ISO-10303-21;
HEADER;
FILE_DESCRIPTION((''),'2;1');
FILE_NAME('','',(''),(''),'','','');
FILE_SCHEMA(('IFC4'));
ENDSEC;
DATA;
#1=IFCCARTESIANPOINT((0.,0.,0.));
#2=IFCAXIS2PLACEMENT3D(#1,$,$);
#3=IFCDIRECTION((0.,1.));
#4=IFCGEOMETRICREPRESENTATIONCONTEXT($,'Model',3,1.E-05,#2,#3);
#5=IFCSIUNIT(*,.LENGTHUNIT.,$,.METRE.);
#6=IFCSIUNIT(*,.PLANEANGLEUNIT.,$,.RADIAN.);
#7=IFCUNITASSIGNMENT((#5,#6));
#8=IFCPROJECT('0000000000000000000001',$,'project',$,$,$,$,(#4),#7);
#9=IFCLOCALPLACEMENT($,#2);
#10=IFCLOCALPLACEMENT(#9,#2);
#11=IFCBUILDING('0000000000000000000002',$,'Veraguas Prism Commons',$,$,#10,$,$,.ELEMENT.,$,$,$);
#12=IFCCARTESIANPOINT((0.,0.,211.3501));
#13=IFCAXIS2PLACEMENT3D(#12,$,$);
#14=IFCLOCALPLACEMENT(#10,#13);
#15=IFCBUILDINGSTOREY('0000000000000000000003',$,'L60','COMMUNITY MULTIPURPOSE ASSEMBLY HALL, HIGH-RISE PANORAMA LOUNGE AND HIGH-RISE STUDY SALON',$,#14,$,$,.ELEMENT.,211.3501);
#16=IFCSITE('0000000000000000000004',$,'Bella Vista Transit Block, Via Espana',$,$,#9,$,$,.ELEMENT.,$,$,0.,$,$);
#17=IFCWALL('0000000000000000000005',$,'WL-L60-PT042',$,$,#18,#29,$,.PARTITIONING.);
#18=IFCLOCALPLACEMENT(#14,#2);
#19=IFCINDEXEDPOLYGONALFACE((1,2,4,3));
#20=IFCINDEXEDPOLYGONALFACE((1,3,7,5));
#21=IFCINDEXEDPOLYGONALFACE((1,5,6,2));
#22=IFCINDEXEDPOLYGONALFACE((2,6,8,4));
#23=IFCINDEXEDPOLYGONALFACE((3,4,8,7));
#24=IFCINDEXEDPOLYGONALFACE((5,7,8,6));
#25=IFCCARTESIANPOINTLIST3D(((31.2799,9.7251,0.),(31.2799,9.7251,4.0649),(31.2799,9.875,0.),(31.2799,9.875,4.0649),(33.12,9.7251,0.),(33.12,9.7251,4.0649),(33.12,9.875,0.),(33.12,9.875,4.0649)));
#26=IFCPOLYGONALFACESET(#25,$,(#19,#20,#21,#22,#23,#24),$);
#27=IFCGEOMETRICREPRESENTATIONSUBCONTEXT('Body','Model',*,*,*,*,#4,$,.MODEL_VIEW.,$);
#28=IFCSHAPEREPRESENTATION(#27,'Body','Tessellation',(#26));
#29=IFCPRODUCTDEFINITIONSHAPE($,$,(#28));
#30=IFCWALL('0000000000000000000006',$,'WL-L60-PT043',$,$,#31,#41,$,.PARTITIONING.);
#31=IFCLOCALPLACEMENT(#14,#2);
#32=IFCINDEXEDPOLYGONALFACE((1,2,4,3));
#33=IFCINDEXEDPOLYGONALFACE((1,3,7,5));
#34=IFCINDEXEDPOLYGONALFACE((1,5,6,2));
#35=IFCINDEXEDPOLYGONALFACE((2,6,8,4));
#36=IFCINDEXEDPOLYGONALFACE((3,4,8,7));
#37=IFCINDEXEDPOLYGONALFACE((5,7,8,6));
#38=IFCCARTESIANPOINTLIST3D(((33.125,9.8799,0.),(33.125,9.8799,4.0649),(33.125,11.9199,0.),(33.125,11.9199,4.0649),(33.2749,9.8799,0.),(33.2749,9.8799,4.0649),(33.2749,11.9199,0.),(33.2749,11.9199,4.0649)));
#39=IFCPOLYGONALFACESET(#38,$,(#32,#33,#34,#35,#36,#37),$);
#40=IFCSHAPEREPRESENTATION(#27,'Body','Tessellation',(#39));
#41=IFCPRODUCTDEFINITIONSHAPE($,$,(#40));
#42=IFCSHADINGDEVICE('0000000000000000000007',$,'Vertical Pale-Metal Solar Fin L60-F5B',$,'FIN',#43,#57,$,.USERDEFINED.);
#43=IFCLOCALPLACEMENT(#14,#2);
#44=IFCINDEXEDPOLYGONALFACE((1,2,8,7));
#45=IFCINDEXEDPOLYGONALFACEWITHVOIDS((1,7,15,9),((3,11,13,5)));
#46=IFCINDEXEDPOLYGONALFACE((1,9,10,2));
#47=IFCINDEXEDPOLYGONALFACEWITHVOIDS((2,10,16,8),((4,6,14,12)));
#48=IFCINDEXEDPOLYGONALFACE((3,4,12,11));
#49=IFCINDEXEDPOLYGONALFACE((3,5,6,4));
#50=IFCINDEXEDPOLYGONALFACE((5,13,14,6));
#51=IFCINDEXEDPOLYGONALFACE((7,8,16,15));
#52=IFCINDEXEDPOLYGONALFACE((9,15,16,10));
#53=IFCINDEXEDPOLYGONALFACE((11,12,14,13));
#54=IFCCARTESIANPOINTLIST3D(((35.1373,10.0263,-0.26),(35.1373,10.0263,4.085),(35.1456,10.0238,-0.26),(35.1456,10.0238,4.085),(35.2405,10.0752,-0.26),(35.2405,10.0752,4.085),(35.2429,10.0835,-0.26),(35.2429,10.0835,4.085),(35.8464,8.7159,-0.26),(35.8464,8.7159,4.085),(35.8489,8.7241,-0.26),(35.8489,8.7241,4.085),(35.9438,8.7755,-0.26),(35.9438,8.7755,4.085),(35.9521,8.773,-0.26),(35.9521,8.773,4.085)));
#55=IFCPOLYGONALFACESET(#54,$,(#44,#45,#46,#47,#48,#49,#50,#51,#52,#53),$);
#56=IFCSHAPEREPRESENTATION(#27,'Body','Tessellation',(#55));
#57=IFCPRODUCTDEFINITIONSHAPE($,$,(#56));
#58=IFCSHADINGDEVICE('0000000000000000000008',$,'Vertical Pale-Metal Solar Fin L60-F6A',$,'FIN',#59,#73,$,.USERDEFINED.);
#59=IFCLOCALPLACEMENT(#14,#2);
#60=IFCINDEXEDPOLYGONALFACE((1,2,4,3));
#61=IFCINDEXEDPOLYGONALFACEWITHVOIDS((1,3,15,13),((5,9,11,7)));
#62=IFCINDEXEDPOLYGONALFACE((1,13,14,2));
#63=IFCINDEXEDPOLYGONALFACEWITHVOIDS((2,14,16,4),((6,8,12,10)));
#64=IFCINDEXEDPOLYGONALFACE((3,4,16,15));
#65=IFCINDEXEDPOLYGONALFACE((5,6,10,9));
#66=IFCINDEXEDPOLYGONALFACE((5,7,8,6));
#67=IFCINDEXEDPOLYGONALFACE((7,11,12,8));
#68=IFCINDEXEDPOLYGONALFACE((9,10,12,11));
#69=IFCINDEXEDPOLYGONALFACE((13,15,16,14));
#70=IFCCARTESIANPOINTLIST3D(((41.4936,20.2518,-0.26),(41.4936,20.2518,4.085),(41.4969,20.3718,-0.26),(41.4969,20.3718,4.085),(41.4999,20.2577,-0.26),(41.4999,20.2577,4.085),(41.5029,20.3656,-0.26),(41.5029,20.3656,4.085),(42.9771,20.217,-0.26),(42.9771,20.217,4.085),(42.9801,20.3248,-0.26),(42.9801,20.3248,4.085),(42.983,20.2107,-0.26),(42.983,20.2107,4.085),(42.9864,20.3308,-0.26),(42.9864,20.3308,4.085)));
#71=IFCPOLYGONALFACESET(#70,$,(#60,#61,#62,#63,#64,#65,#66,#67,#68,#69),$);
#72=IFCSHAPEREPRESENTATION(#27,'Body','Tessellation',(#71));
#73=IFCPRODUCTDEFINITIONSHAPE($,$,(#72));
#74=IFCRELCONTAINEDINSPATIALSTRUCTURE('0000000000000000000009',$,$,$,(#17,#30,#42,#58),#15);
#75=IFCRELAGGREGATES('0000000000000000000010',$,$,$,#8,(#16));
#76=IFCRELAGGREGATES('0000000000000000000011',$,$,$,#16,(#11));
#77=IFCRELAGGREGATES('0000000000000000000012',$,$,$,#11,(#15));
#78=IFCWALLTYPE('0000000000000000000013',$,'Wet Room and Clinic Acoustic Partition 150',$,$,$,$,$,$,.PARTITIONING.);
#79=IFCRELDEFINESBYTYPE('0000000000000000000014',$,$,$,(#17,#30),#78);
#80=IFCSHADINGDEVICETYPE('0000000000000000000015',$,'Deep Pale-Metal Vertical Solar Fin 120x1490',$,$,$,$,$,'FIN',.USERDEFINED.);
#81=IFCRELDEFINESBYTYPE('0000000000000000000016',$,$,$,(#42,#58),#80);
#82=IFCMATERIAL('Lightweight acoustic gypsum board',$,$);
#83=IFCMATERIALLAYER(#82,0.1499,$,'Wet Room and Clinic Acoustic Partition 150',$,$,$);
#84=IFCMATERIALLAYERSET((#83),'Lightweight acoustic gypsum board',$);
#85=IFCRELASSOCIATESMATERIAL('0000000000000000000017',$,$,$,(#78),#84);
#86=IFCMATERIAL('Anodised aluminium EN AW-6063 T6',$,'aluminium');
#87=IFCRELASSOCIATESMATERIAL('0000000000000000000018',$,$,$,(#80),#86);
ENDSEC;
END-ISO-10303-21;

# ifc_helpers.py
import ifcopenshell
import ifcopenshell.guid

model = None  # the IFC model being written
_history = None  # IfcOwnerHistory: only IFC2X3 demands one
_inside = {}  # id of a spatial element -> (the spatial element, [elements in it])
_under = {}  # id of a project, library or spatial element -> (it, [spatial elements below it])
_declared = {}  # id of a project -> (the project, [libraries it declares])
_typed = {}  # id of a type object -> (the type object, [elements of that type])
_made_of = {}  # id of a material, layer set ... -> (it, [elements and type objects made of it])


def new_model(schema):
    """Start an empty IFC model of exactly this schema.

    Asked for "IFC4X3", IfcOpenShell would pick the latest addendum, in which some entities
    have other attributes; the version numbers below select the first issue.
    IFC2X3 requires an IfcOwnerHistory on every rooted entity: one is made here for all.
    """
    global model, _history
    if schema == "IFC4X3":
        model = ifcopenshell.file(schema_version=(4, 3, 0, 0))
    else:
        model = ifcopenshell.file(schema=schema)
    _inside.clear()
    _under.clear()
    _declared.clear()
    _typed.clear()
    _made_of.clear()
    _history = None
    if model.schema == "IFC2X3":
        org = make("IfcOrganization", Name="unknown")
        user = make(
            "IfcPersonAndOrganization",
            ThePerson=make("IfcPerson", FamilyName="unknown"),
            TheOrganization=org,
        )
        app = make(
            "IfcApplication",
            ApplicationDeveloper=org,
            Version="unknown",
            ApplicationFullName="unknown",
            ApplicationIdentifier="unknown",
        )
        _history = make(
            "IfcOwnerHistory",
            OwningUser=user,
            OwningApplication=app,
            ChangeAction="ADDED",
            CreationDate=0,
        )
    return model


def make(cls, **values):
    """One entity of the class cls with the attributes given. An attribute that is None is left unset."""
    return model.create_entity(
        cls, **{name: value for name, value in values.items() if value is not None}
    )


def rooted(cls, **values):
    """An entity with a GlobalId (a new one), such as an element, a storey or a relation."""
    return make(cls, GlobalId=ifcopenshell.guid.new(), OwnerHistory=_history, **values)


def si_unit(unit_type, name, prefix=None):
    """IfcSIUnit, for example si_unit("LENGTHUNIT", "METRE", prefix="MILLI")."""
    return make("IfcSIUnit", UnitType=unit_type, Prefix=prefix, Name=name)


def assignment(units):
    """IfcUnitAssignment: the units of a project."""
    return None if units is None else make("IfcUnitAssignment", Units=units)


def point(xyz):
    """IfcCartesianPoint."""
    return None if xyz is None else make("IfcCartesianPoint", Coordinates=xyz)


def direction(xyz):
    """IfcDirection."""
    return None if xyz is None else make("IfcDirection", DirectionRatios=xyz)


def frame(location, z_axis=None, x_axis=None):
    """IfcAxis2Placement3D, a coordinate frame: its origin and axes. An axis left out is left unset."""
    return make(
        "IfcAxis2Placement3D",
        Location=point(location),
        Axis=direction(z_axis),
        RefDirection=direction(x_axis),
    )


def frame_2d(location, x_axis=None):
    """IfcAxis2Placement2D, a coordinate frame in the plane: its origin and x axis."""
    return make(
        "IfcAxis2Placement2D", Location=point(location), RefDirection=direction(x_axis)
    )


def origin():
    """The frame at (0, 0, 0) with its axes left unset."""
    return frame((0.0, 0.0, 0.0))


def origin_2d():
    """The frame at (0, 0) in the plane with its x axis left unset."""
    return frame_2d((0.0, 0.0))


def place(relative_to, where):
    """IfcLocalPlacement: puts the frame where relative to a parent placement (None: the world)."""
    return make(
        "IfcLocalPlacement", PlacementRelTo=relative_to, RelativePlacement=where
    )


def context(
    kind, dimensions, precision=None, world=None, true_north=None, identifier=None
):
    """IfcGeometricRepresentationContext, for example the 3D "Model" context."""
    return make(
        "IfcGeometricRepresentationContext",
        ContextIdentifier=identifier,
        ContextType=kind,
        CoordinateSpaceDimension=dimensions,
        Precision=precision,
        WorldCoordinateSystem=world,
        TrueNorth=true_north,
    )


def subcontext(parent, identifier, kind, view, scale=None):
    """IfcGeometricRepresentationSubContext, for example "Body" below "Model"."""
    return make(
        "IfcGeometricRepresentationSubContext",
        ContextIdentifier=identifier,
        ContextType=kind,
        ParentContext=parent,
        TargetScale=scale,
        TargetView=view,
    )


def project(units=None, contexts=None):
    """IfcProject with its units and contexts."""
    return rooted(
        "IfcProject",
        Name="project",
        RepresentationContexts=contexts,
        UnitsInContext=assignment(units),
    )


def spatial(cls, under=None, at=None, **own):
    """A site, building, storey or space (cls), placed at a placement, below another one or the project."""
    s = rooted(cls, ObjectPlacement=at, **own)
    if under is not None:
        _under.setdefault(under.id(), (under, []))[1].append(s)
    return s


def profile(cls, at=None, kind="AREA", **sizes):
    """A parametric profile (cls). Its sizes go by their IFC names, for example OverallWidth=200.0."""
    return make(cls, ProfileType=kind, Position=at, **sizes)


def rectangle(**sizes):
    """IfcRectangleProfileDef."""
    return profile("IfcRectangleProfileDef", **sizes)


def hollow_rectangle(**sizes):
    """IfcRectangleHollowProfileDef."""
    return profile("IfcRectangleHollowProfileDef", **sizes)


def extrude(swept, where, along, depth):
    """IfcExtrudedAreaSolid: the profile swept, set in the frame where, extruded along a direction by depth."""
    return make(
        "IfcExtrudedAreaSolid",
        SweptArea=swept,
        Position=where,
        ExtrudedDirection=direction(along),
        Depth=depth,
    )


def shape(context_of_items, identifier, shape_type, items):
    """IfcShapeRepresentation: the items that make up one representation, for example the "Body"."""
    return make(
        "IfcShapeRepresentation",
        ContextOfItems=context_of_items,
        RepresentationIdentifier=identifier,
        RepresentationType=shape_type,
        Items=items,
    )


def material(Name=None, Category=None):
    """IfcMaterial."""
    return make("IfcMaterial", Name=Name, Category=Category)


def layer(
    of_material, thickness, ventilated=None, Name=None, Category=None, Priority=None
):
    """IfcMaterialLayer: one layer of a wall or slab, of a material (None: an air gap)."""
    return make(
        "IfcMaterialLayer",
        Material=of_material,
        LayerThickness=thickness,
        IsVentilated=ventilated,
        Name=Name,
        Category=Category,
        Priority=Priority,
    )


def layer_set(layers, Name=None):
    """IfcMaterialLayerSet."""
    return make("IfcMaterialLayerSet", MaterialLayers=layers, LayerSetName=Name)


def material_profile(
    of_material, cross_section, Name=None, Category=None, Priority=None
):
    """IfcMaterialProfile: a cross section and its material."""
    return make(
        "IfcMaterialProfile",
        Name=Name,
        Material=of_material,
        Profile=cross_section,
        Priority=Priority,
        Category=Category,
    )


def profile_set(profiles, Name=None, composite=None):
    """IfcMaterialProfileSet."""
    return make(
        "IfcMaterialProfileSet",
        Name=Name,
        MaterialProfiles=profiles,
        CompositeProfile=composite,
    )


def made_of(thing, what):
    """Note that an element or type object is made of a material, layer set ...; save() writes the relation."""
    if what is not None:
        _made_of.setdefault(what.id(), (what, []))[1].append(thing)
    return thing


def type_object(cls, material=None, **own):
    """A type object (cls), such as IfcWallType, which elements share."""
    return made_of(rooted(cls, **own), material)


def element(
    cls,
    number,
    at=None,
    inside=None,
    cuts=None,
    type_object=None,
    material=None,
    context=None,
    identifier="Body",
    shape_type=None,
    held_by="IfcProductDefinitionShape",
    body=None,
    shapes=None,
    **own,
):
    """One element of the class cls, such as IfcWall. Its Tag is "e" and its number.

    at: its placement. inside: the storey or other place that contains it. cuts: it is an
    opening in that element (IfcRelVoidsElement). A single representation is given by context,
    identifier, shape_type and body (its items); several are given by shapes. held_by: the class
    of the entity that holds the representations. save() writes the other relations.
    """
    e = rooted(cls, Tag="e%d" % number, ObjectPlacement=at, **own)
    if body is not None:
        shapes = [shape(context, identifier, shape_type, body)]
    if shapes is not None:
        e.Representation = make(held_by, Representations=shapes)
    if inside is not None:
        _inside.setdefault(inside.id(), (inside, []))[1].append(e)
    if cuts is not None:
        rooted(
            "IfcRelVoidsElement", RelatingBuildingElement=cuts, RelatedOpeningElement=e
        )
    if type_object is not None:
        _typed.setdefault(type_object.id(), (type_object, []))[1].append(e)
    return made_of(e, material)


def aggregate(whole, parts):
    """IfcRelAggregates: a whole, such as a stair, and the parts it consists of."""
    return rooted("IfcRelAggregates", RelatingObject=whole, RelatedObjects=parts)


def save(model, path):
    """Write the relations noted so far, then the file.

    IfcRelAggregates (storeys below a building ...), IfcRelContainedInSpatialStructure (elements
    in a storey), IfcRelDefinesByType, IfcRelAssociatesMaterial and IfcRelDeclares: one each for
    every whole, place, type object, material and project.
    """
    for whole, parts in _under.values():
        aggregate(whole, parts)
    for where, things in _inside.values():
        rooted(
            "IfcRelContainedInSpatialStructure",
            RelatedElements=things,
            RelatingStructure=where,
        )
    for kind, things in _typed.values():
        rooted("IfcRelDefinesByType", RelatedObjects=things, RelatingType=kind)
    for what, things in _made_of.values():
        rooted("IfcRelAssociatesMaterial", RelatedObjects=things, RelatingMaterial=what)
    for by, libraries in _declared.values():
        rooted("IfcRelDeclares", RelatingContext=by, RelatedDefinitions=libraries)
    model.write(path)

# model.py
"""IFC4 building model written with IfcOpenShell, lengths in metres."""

from ifc_helpers import new_model, si_unit, direction, frame, frame_2d, origin, origin_2d, place, context, subcontext, project, spatial, rectangle, hollow_rectangle, extrude, material, layer, layer_set, material_profile, profile_set, type_object, element, save


model = new_model("IFC4")

# Units and contexts
model_context = context("Model", 3, precision=1e-05, world=origin(), true_north=direction((0.0, 1.0)))
body_context = subcontext(model_context, "Body", "Model", "MODEL_VIEW")
ifc_project = project(units=[si_unit("LENGTHUNIT", "METRE"), si_unit("PLANEANGLEUNIT", "RADIAN")], contexts=[model_context])

# Site, building, storey
site_placement = place(None, origin())
site = spatial("IfcSite", under=ifc_project, at=site_placement, Name="Bella Vista Transit Block, Via Espana", CompositionType="ELEMENT", RefElevation=0.0)
building_placement = place(site_placement, origin())
building = spatial("IfcBuilding", under=site, at=building_placement, Name="Veraguas Prism Commons", CompositionType="ELEMENT")
storey_placement = place(building_placement, frame((0.0, 0.0, 211.3501)))
storey = spatial("IfcBuildingStorey", under=building, at=storey_placement, Name="L60", Description="COMMUNITY MULTIPURPOSE ASSEMBLY HALL, HIGH-RISE PANORAMA LOUNGE AND HIGH-RISE STUDY SALON", CompositionType="ELEMENT", Elevation=211.3501)

# Shared definitions
ifc_material_1 = material(Name="Anodised aluminium EN AW-6063 T6", Category="aluminium")

# Shared definitions
ifc_material_2 = material(Name="Lightweight acoustic gypsum board")

# Walls
ifc_layer_1 = layer(ifc_material_2, 0.1499, Name="Wet Room and Clinic Acoustic Partition 150")
ifc_layer_set_1 = layer_set([ifc_layer_1], Name="Lightweight acoustic gypsum board")
wall_type_1 = type_object("IfcWallType", Name="Wet Room and Clinic Acoustic Partition 150", PredefinedType="PARTITIONING", material=ifc_layer_set_1)
wall_1_placement = place(storey_placement, frame((31.28, 9.8, 0.0), z_axis=(0.0, 0.0, 1.0), x_axis=(1.0, 0.0, 0.0)))
element("IfcWall", 1, at=wall_1_placement, inside=storey, type_object=wall_type_1, Name="WL-L60-PT042", PredefinedType="PARTITIONING", context=body_context, shape_type="SweptSolid", body=[
    extrude(rectangle(XDim=1.8401, YDim=0.1499, at=frame_2d((0.9199, 0.0))), origin(), (0.0, 0.0, 1.0), 4.0649),
])
wall_2_placement = place(storey_placement, frame((33.2, 9.8799, 0.0), z_axis=(0.0, 0.0, 1.0), x_axis=(0.0, 1.0, 0.0)))
element("IfcWall", 2, at=wall_2_placement, inside=storey, type_object=wall_type_1, Name="WL-L60-PT043", PredefinedType="PARTITIONING", context=body_context, shape_type="SweptSolid", body=[
    extrude(rectangle(XDim=2.04, YDim=0.1499, at=frame_2d((1.02, 0.0))), origin(), (0.0, 0.0, 1.0), 4.0649),
])

# Shading devices
ifc_material_profile_1 = material_profile(ifc_material_1, hollow_rectangle(XDim=0.1201, YDim=1.49, WallThickness=0.0061, at=origin_2d()), Name="FIN120X1490X6")
ifc_profile_set_1 = profile_set([ifc_material_profile_1], Name="Anodised aluminium EN AW-6063 T6")
shading_device_type = type_object("IfcShadingDeviceType", Name="Deep Pale-Metal Vertical Solar Fin 120x1490", ElementType="FIN", PredefinedType="USERDEFINED", material=ifc_profile_set_1)
for number, where, z_axis, x_axis, name in (
    (3, (35.5447, 9.3997, -0.26), (0.0, 0.0, 1.0), (0.879482, 0.475931, 0.0), "Vertical Pale-Metal Solar Fin L60-F5B"),
    (4, (42.24, 20.2913, -0.26), (0.0, 0.0, 1.0), (0.027574, 0.99962, 0.0), "Vertical Pale-Metal Solar Fin L60-F6A"),
):
    element("IfcShadingDevice", number, at=place(storey_placement, frame(where, z_axis=z_axis, x_axis=x_axis)), inside=storey, type_object=shading_device_type, Name=name, ObjectType="FIN", PredefinedType="USERDEFINED", context=body_context, shape_type="SweptSolid", body=[
        extrude(hollow_rectangle(XDim=0.1201, YDim=1.49, WallThickness=0.0061, at=origin_2d()), origin(), (0.0, 0.0, 1.0), 4.345),
    ])

save(model, "model.ifc")
